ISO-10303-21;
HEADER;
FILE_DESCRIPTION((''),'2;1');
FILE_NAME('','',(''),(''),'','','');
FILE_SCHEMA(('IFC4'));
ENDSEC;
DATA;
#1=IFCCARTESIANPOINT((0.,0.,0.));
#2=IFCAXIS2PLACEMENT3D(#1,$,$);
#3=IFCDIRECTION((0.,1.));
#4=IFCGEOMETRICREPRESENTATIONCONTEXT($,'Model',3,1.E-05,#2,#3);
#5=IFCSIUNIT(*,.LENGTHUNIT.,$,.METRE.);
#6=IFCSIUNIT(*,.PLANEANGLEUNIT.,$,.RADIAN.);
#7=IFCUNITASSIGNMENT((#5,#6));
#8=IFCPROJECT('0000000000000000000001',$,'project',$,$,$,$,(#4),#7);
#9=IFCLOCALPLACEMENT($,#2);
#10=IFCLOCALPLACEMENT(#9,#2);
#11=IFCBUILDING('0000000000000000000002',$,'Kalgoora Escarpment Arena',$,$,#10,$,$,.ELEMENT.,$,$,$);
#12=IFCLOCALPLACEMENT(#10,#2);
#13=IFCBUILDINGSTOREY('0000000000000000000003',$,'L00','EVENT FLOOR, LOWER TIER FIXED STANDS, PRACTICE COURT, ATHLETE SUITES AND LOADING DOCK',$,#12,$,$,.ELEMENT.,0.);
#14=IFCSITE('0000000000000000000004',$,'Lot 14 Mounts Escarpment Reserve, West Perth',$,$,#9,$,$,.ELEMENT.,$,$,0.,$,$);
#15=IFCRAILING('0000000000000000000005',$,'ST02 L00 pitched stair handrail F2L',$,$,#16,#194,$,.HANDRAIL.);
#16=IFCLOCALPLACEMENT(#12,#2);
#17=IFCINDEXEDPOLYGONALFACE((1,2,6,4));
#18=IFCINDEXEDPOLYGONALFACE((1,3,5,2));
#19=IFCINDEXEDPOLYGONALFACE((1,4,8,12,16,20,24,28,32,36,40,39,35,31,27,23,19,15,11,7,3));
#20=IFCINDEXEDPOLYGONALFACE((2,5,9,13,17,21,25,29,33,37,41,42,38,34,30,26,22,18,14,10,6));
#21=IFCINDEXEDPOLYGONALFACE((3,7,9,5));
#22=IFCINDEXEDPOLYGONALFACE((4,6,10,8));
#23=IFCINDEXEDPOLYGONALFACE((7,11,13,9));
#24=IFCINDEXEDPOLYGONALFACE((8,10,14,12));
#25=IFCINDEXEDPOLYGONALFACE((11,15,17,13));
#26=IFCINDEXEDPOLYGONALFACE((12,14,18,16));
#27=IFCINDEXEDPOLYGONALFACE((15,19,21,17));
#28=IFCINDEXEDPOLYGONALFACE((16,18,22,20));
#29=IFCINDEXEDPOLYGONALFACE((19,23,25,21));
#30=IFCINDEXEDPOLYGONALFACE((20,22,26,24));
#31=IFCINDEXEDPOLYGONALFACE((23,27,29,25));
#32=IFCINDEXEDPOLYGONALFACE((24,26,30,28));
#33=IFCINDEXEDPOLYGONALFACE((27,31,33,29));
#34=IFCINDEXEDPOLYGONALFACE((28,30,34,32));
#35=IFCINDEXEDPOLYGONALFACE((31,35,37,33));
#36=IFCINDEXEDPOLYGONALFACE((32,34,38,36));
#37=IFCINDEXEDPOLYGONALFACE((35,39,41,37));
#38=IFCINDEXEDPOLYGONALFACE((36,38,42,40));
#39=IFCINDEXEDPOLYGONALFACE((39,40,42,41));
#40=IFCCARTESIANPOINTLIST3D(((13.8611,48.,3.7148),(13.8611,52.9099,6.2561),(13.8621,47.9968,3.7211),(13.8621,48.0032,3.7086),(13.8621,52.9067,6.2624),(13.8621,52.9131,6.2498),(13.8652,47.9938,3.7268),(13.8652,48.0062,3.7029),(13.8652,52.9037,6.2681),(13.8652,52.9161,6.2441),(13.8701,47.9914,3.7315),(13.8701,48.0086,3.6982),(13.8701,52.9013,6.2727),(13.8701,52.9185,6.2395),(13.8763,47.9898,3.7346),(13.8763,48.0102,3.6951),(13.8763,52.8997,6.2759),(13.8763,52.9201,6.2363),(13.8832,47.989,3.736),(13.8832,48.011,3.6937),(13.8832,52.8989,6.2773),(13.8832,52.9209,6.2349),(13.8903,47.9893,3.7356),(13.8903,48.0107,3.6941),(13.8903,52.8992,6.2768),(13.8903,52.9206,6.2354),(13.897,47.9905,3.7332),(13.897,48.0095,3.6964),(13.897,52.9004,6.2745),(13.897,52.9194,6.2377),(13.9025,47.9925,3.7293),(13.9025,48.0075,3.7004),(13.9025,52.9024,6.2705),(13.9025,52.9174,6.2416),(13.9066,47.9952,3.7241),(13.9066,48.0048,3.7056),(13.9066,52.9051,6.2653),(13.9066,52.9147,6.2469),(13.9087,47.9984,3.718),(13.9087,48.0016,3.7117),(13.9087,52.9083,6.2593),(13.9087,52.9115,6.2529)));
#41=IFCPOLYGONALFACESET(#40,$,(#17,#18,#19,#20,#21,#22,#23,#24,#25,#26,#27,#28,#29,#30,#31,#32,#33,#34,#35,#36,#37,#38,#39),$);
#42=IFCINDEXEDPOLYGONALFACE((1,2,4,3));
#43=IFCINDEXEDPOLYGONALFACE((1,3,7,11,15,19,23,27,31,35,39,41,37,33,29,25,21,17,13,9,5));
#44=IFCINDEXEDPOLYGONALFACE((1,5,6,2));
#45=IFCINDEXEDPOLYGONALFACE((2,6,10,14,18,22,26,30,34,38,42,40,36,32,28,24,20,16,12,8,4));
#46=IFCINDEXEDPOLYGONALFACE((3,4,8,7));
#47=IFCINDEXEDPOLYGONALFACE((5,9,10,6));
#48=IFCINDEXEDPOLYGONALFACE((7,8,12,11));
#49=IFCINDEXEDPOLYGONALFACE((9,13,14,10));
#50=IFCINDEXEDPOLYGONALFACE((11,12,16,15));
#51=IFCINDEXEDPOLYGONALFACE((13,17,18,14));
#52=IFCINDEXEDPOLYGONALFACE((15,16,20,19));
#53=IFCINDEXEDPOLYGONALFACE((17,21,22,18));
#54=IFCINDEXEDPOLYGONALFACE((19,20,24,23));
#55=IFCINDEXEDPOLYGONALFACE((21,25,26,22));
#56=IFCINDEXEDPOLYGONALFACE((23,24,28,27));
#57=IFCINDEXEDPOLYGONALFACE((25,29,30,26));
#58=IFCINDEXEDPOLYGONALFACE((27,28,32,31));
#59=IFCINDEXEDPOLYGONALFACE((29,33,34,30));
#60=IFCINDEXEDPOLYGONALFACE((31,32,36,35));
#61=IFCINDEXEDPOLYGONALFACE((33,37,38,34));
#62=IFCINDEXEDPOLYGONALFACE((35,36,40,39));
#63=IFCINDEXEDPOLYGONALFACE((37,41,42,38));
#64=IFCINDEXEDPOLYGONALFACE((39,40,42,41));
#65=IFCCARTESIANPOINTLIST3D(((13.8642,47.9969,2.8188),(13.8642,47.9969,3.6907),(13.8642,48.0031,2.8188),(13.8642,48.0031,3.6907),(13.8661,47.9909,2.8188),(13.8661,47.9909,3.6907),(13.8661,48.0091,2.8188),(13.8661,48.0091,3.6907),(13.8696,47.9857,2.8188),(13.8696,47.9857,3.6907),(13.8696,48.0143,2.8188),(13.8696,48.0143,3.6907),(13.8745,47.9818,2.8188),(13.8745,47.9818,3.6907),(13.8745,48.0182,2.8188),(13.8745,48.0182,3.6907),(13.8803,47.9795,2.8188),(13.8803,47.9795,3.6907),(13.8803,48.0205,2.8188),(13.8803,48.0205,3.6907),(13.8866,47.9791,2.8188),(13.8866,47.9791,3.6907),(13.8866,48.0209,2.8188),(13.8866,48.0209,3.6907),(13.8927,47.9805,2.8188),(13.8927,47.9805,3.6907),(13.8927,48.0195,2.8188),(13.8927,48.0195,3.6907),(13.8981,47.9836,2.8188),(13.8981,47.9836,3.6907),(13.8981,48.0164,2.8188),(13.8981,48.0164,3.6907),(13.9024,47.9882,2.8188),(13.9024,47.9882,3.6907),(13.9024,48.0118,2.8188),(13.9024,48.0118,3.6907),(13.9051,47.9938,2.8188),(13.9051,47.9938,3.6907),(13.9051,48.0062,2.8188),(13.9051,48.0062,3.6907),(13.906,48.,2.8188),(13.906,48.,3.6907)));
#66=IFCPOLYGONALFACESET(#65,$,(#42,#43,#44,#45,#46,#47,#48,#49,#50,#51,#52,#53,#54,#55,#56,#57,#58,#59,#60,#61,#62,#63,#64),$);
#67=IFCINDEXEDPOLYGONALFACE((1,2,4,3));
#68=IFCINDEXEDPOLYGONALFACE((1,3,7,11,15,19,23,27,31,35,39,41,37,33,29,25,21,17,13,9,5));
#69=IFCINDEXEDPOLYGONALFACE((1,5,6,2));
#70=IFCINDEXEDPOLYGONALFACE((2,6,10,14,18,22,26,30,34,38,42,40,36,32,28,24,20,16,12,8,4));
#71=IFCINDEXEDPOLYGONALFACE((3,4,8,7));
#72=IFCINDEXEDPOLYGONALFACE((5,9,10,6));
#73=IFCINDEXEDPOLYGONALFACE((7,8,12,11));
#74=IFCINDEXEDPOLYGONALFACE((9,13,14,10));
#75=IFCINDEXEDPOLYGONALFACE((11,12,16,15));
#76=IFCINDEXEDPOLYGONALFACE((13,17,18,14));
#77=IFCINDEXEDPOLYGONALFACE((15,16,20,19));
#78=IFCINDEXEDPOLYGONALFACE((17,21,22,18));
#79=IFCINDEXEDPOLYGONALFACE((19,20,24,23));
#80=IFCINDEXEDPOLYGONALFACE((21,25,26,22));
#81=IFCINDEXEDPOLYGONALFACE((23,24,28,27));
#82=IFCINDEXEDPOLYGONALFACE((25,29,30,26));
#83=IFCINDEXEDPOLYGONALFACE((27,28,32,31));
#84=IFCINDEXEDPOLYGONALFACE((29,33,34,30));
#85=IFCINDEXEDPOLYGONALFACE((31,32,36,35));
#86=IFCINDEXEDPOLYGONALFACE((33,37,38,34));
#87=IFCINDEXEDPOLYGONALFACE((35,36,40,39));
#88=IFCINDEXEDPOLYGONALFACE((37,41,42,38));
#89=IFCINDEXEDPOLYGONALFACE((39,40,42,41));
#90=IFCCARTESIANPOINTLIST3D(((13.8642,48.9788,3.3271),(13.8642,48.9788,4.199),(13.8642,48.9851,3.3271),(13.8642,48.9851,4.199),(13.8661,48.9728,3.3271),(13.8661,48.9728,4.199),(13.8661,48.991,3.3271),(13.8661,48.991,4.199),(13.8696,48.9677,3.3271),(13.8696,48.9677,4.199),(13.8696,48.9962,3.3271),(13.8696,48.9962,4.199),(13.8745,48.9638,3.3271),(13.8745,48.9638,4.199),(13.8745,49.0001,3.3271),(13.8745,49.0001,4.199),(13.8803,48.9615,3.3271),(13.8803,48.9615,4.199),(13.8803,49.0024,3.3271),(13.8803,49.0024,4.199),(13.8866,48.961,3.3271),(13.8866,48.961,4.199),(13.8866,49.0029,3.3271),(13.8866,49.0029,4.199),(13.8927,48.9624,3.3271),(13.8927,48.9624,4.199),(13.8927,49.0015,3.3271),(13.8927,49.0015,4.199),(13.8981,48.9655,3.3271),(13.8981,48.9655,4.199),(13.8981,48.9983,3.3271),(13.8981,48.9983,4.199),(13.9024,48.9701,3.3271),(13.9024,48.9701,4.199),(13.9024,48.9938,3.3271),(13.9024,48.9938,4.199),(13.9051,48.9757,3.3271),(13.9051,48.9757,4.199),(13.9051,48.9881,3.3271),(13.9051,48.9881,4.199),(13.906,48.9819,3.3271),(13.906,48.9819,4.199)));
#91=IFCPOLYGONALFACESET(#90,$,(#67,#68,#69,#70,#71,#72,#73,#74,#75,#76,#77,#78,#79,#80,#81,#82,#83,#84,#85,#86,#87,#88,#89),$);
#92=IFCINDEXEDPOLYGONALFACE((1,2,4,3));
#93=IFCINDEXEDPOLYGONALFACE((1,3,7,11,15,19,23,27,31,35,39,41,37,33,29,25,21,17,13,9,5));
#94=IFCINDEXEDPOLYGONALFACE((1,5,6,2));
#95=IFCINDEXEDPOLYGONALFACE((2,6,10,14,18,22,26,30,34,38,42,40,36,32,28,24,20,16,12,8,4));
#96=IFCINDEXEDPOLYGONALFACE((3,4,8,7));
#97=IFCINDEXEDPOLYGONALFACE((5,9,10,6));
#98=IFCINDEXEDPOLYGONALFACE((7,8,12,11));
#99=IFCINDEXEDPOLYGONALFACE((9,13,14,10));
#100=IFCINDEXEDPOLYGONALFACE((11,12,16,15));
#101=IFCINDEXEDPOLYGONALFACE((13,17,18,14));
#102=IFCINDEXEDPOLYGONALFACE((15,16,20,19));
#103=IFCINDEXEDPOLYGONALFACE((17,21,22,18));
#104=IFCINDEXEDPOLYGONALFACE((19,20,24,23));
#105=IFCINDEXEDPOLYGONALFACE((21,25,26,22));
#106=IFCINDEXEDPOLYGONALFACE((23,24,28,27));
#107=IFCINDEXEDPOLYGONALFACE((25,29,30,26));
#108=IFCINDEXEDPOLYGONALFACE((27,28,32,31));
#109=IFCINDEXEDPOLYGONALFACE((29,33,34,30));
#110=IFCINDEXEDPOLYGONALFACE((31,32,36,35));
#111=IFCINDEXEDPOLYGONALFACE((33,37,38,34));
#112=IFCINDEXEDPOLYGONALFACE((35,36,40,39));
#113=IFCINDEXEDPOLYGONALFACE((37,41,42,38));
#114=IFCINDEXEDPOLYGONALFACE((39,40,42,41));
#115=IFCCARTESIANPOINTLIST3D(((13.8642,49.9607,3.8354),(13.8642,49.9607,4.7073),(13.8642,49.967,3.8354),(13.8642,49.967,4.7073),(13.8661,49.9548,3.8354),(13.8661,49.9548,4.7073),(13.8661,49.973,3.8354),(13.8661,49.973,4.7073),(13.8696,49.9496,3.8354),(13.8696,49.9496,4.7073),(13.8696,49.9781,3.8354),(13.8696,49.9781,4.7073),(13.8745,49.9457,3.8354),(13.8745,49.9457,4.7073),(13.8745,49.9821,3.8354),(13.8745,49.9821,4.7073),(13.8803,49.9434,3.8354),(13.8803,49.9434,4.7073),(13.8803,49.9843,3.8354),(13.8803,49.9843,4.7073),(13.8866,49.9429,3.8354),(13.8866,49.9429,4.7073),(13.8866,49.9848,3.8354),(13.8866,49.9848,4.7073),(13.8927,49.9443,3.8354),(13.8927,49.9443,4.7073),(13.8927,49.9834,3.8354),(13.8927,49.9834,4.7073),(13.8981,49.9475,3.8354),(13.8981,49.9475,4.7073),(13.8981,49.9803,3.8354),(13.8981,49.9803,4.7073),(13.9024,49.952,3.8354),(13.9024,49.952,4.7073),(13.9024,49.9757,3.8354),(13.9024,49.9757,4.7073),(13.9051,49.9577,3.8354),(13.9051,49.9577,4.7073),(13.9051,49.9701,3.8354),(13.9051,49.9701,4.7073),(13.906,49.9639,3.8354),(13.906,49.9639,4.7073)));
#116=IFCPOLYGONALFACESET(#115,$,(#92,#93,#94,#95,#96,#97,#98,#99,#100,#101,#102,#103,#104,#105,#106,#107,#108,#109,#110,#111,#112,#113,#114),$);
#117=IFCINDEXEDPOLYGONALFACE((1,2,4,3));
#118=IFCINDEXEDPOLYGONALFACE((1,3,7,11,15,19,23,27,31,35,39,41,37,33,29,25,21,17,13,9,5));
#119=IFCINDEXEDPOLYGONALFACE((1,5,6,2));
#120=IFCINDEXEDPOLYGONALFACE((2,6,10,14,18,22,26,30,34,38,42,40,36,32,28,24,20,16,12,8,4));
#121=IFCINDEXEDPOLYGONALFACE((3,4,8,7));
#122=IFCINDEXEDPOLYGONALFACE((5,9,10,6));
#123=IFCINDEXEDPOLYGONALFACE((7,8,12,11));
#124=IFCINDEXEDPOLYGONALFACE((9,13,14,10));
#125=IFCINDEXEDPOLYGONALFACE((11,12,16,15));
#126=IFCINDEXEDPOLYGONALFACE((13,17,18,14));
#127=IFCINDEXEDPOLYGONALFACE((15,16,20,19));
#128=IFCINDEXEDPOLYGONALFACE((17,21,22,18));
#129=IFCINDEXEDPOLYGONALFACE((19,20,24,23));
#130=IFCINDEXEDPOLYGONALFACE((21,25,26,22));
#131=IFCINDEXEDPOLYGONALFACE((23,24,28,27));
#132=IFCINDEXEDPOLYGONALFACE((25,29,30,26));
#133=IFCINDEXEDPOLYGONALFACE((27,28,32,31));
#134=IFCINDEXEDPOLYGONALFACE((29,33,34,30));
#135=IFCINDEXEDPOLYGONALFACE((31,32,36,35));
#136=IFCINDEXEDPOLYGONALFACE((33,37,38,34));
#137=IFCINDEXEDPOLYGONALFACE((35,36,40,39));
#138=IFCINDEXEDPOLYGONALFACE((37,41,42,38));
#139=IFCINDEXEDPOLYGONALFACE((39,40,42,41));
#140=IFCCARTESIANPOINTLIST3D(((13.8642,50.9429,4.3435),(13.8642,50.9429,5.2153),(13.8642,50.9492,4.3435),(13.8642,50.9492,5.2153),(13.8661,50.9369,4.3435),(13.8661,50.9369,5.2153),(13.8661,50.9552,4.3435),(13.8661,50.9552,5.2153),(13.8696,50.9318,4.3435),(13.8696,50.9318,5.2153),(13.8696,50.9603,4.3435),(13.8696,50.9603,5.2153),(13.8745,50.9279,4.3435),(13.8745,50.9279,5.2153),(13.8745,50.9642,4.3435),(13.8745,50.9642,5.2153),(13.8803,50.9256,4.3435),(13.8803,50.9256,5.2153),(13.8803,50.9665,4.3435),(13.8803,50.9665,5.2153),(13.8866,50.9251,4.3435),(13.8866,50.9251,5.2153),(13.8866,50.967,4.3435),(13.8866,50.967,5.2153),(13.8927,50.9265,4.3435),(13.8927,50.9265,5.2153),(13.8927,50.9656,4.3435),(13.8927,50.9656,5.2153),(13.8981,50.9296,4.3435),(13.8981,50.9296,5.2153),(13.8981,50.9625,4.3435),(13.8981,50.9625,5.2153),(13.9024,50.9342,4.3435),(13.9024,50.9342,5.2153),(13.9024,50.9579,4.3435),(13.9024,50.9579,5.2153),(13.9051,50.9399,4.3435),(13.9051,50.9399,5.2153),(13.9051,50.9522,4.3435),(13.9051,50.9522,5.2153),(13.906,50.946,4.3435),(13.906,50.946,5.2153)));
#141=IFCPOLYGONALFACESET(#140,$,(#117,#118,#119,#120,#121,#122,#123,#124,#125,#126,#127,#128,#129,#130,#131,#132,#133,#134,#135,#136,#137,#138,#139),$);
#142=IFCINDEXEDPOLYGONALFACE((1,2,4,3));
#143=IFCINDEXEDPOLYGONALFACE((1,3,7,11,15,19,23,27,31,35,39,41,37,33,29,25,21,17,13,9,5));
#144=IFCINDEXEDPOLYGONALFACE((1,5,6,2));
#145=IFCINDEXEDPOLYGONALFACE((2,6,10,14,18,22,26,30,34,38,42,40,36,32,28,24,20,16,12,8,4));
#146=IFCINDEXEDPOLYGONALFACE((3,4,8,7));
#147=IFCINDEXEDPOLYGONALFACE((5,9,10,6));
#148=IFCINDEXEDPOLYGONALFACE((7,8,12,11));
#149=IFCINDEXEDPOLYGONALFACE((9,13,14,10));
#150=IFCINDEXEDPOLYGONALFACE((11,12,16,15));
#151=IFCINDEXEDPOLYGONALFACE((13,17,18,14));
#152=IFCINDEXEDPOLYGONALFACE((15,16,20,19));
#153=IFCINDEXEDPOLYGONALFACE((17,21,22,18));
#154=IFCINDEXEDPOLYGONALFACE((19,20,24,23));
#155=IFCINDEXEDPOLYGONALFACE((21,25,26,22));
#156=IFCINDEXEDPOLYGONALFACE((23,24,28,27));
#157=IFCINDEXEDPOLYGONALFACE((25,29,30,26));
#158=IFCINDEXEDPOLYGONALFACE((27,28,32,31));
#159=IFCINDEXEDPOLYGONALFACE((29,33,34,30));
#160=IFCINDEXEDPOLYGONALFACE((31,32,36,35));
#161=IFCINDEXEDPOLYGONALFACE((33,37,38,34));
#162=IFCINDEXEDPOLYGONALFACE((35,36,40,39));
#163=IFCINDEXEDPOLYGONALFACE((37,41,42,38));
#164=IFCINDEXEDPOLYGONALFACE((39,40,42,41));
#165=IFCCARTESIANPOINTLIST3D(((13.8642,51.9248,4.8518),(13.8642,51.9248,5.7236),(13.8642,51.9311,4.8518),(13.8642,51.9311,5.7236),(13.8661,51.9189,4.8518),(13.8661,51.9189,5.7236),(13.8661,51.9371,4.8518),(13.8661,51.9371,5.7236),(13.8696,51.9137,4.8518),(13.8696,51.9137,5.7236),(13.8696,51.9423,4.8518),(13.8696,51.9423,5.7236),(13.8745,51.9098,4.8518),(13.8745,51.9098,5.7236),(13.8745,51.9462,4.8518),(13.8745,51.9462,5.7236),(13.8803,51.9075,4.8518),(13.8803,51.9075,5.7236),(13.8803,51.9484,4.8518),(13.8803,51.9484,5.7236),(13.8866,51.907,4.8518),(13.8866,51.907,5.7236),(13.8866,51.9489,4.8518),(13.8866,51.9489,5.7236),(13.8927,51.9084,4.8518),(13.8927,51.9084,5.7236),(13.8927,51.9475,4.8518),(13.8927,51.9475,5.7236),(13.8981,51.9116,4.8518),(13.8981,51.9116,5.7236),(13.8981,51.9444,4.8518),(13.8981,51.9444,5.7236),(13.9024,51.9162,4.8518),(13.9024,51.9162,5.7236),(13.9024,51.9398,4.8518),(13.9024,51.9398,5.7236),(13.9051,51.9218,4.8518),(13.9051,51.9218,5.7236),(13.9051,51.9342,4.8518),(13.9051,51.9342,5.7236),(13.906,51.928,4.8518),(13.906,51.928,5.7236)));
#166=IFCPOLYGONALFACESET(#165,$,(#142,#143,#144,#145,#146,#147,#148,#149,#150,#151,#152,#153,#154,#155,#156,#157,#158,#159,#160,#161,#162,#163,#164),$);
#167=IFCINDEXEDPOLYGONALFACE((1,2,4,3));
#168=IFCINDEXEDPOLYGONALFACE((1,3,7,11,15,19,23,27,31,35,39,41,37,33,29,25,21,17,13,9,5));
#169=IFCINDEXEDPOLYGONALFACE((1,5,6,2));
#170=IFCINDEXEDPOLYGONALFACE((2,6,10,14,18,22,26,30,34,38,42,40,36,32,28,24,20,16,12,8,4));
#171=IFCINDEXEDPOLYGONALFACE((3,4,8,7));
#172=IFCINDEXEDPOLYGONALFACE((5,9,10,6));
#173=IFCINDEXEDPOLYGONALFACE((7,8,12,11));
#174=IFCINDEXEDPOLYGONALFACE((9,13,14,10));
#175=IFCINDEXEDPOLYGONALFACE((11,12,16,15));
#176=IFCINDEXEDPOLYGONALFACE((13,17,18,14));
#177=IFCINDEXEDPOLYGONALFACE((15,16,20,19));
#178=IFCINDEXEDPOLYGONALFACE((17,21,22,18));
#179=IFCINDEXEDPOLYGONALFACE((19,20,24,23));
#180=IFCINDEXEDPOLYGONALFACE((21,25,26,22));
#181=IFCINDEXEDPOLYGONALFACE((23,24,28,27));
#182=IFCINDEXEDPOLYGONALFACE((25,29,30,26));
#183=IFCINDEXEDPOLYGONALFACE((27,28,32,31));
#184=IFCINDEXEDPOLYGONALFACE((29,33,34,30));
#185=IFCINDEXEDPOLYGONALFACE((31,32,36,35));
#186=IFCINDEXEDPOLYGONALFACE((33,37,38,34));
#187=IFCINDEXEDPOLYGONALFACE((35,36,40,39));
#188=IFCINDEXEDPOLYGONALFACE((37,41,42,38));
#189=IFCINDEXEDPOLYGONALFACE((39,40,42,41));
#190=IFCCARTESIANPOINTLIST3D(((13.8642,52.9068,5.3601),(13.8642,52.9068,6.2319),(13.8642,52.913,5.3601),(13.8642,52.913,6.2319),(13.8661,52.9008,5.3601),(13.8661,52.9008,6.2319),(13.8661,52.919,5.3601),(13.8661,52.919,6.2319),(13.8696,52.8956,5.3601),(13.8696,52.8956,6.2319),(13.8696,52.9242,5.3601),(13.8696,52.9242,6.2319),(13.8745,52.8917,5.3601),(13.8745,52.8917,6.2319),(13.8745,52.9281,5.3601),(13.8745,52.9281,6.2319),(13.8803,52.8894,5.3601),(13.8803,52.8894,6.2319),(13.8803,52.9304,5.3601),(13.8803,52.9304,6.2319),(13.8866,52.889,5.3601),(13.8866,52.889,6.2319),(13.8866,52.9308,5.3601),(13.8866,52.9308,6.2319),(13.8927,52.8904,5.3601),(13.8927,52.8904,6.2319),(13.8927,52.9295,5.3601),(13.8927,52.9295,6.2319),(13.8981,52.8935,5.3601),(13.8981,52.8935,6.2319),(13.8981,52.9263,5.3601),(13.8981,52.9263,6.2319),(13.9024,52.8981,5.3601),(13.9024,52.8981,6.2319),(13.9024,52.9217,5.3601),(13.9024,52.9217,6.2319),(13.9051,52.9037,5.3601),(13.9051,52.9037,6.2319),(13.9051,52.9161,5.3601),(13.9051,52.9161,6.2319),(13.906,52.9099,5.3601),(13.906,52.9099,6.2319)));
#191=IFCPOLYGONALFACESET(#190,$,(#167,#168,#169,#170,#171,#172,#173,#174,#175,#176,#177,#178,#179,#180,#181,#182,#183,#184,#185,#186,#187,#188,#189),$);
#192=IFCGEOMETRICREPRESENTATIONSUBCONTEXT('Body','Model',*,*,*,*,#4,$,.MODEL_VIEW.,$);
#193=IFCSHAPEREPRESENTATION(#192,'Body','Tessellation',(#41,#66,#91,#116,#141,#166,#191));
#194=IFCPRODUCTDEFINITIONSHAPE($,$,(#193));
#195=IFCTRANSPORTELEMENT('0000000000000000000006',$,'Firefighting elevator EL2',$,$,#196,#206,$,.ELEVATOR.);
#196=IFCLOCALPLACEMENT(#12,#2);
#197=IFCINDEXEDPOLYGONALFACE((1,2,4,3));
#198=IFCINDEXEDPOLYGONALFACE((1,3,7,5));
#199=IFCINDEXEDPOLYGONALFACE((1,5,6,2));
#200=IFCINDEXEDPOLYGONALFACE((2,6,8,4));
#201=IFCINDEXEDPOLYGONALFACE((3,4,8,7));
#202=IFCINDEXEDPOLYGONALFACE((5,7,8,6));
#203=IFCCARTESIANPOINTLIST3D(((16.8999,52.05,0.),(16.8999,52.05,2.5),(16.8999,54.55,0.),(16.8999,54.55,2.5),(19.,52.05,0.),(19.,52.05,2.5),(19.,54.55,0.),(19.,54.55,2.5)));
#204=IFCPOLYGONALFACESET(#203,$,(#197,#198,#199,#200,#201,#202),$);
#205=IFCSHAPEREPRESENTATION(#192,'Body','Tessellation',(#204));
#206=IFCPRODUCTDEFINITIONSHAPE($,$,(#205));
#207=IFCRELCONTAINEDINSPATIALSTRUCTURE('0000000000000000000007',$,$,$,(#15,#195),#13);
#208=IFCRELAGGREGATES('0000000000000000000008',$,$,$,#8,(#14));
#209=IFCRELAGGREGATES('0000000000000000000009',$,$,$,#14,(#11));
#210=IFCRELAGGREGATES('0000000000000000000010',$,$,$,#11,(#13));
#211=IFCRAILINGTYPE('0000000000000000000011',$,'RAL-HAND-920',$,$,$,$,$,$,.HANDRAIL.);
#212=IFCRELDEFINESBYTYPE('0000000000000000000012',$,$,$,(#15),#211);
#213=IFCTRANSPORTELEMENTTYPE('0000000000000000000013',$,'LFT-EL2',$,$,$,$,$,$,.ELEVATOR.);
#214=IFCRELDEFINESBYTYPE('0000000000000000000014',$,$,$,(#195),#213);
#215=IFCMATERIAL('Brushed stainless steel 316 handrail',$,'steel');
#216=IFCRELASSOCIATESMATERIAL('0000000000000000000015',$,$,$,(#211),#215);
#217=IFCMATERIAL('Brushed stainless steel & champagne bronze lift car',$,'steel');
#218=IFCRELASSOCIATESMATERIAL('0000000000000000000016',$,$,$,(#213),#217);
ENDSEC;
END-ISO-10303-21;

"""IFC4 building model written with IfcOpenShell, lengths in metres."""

from ifc_helpers import new_model, si_unit, direction, frame, origin, origin_2d, place, context, subcontext, project, spatial, rectangle, circle, extrude, material, type_object, element, save


model = new_model("IFC4")

# Units and contexts
model_context = context("Model", 3, precision=1e-05, world=origin(), true_north=direction((0.0, 1.0)))
body_context = subcontext(model_context, "Body", "Model", "MODEL_VIEW")
ifc_project = project(units=[si_unit("LENGTHUNIT", "METRE"), si_unit("PLANEANGLEUNIT", "RADIAN")], contexts=[model_context])

# Site, building, storey
site_placement = place(None, origin())
site = spatial("IfcSite", under=ifc_project, at=site_placement, Name="Lot 14 Mounts Escarpment Reserve, West Perth", CompositionType="ELEMENT", RefElevation=0.0)
building_placement = place(site_placement, origin())
building = spatial("IfcBuilding", under=site, at=building_placement, Name="Kalgoora Escarpment Arena", CompositionType="ELEMENT")
storey_placement = place(building_placement, origin())
storey = spatial("IfcBuildingStorey", under=building, at=storey_placement, Name="L00", Description="EVENT FLOOR, LOWER TIER FIXED STANDS, PRACTICE COURT, ATHLETE SUITES AND LOADING DOCK", CompositionType="ELEMENT", Elevation=0.0)

# Railing
ifc_material_1 = material(Name="Brushed stainless steel 316 handrail", Category="steel")
railing_type_1 = type_object("IfcRailingType", Name="RAL-HAND-920", PredefinedType="HANDRAIL", material=ifc_material_1)
railing_1_placement = place(storey_placement, frame((13.885, 48.0, 2.8188)))
element("IfcRailing", 1, at=railing_1_placement, inside=storey, type_object=railing_type_1, Name="ST02 L00 pitched stair handrail F2L", PredefinedType="HANDRAIL", context=body_context, shape_type="SweptSolid", body=[
    extrude(circle(Radius=0.0239, at=origin_2d()), frame((0.0, 0.0, 0.896), z_axis=(0.0, 0.888096, 0.459658), x_axis=(-1.0, 0.0, 0.0)), (0.0, 0.0, 1.0), 5.5286),
    extrude(circle(Radius=0.021, at=origin_2d()), origin(), (0.0, 0.0, 1.0), 0.8718),
    extrude(circle(Radius=0.021, at=origin_2d()), frame((0.0, 0.9819, 0.5083)), (0.0, 0.0, 1.0), 0.8718),
    extrude(circle(Radius=0.021, at=origin_2d()), frame((0.0, 1.9639, 1.0166)), (0.0, 0.0, 1.0), 0.8718),
    extrude(circle(Radius=0.021, at=origin_2d()), frame((0.0, 2.946, 1.5247)), (0.0, 0.0, 1.0), 0.8718),
    extrude(circle(Radius=0.021, at=origin_2d()), frame((0.0, 3.928, 2.033)), (0.0, 0.0, 1.0), 0.8718),
    extrude(circle(Radius=0.021, at=origin_2d()), frame((0.0, 4.9099, 2.5413)), (0.0, 0.0, 1.0), 0.8718),
])

# Transport element
ifc_material_2 = material(Name="Brushed stainless steel & champagne bronze lift car", Category="steel")
transport_element_type = type_object("IfcTransportElementType", Name="LFT-EL2", PredefinedType="ELEVATOR", material=ifc_material_2)
transport_element_placement = place(storey_placement, frame((17.95, 53.3, 0.0), z_axis=(0.0, 0.0, 1.0), x_axis=(1.0, 0.0, 0.0)))
element("IfcTransportElement", 2, at=transport_element_placement, inside=storey, type_object=transport_element_type, Name="Firefighting elevator EL2", PredefinedType="ELEVATOR", context=body_context, shape_type="SweptSolid", body=[
    extrude(rectangle(XDim=2.1001, YDim=2.5, at=origin_2d()), origin(), (0.0, 0.0, 1.0), 2.5),
])

save(model, "model.ifc")
